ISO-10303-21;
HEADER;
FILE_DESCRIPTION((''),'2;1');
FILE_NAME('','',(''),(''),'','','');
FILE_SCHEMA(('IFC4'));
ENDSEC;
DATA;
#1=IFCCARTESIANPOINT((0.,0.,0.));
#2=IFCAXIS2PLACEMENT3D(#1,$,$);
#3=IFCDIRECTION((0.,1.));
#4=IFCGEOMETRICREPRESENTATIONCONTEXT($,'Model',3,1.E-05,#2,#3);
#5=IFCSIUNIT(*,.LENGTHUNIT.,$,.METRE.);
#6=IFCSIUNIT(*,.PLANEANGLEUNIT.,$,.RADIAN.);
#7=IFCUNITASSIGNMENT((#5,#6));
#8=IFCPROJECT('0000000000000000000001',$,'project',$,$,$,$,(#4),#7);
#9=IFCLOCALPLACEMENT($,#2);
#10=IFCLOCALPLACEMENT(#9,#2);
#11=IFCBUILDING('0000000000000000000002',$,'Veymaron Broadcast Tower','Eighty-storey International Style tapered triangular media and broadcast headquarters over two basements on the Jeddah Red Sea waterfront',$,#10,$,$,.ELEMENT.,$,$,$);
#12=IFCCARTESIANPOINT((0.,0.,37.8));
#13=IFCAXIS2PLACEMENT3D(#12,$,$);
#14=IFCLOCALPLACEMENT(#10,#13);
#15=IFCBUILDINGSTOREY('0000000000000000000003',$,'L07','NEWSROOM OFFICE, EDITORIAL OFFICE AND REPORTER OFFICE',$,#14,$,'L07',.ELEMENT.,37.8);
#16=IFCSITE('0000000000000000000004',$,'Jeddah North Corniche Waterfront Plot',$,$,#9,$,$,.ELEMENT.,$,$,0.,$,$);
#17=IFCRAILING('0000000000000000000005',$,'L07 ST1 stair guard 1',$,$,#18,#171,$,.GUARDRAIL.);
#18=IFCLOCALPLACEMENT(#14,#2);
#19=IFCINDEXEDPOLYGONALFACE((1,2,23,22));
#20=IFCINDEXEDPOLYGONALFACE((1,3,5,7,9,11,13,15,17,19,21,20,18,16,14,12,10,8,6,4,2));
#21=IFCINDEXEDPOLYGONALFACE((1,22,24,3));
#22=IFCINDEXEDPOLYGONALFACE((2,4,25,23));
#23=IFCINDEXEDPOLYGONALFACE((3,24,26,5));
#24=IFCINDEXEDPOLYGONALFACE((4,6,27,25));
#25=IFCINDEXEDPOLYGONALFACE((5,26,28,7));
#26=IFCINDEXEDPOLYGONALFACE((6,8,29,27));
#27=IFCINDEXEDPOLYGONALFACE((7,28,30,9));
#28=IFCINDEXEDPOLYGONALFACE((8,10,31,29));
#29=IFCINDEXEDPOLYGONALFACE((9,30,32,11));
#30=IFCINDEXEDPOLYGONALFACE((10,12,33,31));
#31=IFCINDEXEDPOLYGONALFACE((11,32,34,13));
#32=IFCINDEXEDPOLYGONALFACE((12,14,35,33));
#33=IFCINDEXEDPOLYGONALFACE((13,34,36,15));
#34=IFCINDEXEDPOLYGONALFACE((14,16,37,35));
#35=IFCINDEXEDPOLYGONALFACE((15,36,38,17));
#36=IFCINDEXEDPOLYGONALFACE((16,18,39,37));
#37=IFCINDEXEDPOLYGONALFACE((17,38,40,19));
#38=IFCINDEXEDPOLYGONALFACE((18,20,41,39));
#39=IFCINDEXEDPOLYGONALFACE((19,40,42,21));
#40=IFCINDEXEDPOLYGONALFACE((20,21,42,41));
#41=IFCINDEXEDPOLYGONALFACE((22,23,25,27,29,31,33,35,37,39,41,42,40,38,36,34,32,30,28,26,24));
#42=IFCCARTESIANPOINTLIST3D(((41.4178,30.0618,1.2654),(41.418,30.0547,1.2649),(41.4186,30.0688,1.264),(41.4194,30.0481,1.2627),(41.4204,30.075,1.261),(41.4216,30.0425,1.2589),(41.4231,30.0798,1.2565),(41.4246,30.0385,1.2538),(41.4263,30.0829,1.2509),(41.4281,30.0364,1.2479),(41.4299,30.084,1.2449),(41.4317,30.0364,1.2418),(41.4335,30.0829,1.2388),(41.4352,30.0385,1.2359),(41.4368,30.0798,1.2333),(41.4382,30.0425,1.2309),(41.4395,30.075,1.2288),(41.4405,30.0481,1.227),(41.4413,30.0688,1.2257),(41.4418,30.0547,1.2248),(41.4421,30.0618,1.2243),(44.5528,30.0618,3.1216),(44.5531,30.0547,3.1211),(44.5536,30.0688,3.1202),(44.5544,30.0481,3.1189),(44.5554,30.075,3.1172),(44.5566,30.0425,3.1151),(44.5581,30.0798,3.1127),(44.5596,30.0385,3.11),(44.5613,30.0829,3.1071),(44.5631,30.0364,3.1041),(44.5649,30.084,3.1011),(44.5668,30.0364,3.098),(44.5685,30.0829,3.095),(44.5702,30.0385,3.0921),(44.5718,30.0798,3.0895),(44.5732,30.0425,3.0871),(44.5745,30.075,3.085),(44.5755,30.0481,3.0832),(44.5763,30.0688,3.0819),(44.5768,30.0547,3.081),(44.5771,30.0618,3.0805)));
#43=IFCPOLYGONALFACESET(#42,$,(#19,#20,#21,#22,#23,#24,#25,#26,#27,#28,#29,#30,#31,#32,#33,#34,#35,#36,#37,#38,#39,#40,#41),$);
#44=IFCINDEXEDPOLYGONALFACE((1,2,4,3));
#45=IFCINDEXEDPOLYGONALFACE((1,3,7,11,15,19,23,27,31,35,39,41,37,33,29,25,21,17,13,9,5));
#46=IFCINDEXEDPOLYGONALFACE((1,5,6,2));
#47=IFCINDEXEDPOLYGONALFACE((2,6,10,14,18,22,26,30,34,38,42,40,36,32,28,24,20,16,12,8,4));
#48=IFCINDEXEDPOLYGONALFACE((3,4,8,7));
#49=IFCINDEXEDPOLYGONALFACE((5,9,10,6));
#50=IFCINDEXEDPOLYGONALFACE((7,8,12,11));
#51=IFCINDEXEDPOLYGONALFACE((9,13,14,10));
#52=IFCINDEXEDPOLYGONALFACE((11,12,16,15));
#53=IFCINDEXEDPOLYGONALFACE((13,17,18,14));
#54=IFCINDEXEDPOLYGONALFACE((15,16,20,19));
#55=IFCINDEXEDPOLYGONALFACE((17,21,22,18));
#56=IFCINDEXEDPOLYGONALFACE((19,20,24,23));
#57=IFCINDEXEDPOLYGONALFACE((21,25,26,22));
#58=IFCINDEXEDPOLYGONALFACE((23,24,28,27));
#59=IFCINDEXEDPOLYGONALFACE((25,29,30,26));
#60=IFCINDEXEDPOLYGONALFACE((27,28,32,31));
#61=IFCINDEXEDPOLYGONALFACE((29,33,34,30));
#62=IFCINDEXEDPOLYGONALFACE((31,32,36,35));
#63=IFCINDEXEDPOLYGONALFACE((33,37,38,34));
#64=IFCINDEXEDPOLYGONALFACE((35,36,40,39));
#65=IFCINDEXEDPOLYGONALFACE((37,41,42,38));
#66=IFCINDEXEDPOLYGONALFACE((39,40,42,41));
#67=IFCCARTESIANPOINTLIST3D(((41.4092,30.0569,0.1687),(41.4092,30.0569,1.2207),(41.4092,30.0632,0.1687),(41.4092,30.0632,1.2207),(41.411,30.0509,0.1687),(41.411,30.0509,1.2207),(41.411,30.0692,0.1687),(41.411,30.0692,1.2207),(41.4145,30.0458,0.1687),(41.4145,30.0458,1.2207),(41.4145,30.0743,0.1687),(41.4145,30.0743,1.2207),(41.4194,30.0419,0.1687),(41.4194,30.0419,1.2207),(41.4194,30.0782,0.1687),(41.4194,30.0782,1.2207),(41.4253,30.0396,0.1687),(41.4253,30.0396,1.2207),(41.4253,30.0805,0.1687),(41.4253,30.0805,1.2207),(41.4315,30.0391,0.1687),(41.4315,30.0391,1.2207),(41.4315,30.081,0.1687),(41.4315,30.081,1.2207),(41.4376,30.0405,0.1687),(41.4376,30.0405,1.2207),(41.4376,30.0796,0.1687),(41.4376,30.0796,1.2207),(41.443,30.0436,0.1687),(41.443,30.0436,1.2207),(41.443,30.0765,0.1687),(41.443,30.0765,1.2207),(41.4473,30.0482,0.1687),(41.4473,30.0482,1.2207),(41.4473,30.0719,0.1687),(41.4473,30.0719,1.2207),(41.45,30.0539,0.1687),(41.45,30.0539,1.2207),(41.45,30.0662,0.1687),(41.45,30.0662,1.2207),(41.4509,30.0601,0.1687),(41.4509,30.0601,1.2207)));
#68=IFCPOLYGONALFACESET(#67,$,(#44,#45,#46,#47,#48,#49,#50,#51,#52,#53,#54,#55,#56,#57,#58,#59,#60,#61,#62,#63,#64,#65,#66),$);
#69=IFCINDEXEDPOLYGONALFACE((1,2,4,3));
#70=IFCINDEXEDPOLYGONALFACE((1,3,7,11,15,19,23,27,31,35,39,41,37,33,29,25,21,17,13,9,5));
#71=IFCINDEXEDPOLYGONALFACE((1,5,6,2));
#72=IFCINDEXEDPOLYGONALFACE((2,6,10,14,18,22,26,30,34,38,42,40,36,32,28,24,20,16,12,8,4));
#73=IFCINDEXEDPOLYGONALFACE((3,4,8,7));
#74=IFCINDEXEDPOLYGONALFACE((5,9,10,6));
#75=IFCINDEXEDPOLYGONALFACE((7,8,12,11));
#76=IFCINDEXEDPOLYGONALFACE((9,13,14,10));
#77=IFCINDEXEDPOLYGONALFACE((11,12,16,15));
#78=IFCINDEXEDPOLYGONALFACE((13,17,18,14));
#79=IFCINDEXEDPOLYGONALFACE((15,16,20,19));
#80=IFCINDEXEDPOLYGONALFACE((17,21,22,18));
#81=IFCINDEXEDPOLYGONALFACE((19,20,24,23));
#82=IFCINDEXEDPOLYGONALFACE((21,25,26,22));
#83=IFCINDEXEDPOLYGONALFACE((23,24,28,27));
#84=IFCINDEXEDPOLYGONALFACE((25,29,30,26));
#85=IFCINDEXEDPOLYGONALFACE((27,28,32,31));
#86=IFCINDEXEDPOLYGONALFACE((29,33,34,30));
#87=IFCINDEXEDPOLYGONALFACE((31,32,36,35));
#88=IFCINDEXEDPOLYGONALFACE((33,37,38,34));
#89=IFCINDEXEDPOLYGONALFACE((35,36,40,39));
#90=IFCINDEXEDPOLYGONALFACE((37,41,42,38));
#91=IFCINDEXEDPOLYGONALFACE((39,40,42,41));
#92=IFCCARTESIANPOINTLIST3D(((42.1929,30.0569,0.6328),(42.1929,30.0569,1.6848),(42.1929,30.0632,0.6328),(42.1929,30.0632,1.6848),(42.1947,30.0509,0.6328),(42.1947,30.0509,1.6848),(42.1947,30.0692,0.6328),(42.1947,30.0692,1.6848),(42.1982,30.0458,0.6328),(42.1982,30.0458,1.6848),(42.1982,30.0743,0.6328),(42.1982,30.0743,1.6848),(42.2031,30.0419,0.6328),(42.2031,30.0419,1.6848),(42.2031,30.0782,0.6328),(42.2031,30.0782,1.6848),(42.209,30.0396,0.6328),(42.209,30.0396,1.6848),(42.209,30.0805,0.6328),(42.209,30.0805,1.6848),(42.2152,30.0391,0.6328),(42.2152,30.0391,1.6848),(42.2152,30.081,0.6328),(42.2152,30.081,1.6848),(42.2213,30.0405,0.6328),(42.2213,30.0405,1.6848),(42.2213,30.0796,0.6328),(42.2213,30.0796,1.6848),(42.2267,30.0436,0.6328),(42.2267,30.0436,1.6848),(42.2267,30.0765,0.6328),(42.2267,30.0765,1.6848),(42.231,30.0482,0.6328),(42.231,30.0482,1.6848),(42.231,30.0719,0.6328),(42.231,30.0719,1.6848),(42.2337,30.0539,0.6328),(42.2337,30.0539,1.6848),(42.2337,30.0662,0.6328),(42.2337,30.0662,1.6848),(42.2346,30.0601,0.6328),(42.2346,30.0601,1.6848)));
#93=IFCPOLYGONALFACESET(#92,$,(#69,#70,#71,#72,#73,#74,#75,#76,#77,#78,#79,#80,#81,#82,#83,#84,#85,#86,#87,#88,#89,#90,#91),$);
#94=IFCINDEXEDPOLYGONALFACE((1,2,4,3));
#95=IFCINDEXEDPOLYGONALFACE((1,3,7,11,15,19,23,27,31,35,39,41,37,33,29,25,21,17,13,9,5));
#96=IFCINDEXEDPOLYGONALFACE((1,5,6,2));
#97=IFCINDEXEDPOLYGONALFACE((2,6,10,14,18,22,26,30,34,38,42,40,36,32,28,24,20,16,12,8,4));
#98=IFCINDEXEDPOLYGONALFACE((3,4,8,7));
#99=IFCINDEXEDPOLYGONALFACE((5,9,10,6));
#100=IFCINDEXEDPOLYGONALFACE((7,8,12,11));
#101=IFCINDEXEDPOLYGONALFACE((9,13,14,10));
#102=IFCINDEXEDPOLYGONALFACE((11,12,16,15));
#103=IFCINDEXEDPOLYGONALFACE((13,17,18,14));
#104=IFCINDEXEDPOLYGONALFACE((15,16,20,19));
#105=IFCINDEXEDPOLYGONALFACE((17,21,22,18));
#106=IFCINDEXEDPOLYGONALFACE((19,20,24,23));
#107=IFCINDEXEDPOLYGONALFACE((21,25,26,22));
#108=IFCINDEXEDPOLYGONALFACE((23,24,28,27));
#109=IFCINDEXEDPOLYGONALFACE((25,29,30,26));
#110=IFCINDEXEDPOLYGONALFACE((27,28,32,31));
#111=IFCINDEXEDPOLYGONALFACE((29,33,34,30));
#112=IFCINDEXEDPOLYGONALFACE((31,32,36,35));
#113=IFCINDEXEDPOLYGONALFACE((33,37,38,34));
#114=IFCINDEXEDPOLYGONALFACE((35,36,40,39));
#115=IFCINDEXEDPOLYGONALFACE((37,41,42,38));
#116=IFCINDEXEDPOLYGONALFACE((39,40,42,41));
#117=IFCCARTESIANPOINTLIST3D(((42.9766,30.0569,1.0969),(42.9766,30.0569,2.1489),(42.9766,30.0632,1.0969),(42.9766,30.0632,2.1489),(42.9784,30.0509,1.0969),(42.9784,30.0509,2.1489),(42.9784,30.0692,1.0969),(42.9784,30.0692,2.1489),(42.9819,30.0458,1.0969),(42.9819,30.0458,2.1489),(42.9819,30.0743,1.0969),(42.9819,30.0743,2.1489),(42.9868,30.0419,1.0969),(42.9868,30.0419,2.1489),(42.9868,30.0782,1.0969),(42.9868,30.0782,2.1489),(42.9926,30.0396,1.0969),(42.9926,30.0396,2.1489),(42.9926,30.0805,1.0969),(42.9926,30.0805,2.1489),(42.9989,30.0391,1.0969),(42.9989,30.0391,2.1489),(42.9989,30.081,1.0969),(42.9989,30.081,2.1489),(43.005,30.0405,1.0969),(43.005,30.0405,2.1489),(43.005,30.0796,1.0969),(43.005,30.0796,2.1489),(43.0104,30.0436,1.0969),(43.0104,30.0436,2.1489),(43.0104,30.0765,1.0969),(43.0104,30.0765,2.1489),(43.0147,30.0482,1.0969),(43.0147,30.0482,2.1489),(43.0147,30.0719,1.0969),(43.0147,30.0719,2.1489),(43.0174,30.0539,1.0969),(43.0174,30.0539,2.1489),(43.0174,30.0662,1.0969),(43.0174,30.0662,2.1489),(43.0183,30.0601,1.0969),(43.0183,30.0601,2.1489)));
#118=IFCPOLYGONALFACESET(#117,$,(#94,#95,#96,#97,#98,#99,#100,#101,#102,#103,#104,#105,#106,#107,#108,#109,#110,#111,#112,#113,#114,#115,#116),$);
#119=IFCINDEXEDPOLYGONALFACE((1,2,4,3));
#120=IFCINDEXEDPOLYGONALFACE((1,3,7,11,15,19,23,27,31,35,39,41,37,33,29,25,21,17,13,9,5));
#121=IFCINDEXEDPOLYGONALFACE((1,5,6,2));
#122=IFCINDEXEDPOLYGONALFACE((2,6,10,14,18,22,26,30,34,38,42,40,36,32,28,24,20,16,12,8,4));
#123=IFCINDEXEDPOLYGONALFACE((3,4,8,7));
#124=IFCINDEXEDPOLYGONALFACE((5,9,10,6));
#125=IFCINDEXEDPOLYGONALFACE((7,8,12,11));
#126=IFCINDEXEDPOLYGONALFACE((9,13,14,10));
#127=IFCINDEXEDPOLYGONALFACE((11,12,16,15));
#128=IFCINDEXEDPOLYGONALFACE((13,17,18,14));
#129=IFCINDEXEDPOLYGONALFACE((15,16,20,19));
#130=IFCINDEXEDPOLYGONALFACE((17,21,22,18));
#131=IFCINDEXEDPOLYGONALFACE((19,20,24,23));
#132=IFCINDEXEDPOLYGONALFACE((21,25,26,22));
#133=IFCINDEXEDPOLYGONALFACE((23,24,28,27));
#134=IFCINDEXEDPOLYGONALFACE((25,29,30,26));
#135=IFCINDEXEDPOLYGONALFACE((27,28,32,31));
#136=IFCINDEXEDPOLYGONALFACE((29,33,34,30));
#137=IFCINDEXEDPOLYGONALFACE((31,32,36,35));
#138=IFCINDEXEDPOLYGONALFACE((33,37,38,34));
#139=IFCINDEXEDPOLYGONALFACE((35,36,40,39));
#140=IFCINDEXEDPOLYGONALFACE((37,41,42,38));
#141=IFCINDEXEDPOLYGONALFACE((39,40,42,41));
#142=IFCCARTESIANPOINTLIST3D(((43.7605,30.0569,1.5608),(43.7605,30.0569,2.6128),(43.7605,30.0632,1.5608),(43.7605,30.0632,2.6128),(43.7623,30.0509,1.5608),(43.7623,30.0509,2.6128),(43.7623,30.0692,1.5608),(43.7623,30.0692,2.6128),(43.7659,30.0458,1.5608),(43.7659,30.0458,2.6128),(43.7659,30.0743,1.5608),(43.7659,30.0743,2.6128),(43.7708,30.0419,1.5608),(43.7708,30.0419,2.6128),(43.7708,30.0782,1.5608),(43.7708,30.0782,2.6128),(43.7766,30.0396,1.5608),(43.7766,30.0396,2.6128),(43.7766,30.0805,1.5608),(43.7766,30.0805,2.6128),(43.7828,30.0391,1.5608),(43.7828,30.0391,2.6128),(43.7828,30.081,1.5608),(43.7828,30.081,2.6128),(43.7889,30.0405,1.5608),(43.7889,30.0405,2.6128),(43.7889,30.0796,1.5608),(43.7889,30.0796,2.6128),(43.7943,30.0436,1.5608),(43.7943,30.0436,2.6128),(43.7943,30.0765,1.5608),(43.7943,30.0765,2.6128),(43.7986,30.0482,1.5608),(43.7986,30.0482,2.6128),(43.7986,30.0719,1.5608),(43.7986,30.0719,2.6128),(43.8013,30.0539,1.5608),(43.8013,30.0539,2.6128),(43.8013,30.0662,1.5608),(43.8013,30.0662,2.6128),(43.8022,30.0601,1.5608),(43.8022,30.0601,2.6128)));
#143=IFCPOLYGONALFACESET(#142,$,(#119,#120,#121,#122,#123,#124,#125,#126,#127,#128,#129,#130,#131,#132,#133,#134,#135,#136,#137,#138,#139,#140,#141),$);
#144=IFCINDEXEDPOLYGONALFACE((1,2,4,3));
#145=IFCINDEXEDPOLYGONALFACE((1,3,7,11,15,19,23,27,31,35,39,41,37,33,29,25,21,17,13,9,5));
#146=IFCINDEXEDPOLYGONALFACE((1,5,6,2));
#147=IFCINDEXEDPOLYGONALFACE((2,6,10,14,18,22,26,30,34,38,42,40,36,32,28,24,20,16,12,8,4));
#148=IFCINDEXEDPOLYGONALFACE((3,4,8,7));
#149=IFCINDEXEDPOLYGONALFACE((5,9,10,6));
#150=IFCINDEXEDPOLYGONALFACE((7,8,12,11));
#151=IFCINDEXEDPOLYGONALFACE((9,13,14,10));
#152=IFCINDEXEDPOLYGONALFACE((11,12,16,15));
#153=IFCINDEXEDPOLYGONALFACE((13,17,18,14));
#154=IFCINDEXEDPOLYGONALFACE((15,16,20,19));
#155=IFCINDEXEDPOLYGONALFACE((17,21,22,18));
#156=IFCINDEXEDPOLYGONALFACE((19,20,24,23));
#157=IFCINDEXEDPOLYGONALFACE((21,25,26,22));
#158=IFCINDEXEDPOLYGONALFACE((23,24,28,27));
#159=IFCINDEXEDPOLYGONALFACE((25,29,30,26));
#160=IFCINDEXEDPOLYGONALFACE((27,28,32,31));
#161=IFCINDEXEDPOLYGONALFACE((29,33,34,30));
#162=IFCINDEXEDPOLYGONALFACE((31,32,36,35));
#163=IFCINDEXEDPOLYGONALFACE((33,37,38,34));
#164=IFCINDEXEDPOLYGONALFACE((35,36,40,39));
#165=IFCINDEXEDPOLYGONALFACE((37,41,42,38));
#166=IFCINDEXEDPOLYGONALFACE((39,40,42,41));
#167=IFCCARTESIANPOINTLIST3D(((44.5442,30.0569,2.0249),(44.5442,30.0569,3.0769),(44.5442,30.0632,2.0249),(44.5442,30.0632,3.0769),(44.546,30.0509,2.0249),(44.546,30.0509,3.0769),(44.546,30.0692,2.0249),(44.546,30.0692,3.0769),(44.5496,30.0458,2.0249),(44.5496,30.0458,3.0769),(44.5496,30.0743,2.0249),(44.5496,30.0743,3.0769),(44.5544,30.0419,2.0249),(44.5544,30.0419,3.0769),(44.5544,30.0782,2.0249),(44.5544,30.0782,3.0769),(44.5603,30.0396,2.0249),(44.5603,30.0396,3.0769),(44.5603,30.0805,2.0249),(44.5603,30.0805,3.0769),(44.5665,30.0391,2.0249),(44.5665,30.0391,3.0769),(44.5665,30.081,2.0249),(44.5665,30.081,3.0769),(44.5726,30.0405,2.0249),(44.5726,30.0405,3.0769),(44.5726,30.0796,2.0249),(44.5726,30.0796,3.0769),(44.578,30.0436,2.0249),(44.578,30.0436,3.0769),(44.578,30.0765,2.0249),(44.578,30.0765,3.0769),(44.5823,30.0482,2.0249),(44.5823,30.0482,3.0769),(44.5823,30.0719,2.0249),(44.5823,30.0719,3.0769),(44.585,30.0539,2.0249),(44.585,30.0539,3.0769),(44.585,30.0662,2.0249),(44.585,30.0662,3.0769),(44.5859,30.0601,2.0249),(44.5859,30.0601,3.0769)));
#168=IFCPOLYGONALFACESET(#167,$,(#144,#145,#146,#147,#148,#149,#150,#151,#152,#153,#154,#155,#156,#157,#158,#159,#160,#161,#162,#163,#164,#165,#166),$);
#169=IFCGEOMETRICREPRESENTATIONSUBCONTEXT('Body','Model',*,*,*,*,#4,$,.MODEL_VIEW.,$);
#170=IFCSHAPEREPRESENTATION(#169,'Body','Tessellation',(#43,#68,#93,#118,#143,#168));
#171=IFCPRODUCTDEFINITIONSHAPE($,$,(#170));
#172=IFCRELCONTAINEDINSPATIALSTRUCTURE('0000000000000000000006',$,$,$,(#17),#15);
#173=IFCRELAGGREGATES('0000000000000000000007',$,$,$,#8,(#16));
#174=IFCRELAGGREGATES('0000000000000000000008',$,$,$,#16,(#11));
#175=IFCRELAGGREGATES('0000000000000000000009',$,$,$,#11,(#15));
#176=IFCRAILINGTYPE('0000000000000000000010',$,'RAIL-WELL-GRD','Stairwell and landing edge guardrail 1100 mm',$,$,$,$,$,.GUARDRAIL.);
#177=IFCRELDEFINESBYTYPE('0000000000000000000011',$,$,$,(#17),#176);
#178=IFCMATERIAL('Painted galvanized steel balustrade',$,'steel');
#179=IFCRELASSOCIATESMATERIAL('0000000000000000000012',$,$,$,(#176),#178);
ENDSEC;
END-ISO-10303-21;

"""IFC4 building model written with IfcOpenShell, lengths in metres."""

from ifc_helpers import new_model, si_unit, direction, frame, origin, origin_2d, place, context, subcontext, project, spatial, circle, extrude, material, type_object, element, save


model = new_model("IFC4")

# Units and contexts
model_context = context("Model", 3, precision=1e-05, world=origin(), true_north=direction((0.0, 1.0)))
body_context = subcontext(model_context, "Body", "Model", "MODEL_VIEW")
ifc_project = project(units=[si_unit("LENGTHUNIT", "METRE"), si_unit("PLANEANGLEUNIT", "RADIAN")], contexts=[model_context])

# Site, building, storey
site_placement = place(None, origin())
site = spatial("IfcSite", under=ifc_project, at=site_placement, Name="Jeddah North Corniche Waterfront Plot", CompositionType="ELEMENT", RefElevation=0.0)
building_placement = place(site_placement, origin())
building = spatial("IfcBuilding", under=site, at=building_placement, Name="Veymaron Broadcast Tower", Description="Eighty-storey International Style tapered triangular media and broadcast headquarters over two basements on the Jeddah Red Sea waterfront", CompositionType="ELEMENT")
storey_placement = place(building_placement, frame((0.0, 0.0, 37.8)))
storey = spatial("IfcBuildingStorey", under=building, at=storey_placement, Name="L07", Description="NEWSROOM OFFICE, EDITORIAL OFFICE AND REPORTER OFFICE", LongName="L07", CompositionType="ELEMENT", Elevation=37.8)

# Railing
ifc_material_1 = material(Name="Painted galvanized steel balustrade", Category="steel")
railing_type_1 = type_object("IfcRailingType", Name="RAIL-WELL-GRD", Description="Stairwell and landing edge guardrail 1100 mm", PredefinedType="GUARDRAIL", material=ifc_material_1)
railing_1_placement = place(storey_placement, frame((41.4299, 30.0601, 0.1687)))
element("IfcRailing", 1, at=railing_1_placement, inside=storey, type_object=railing_type_1, Name="L07 ST1 stair guard 1", PredefinedType="GUARDRAIL", context=body_context, shape_type="SweptSolid", body=[
    extrude(circle(Radius=0.0239, at=origin_2d()), frame((0.0, 0.0, 1.0762), z_axis=(0.860482, 0.0, 0.509481), x_axis=(0.0, 1.0, 0.0)), (0.0, 0.0, 1.0), 3.6433),
    extrude(circle(Radius=0.021, at=origin_2d()), origin(), (0.0, 0.0, 1.0), 1.052),
    extrude(circle(Radius=0.021, at=origin_2d()), frame((0.7837, 0.0, 0.4641)), (0.0, 0.0, 1.0), 1.052),
    extrude(circle(Radius=0.021, at=origin_2d()), frame((1.5674, 0.0, 0.9282)), (0.0, 0.0, 1.0), 1.052),
    extrude(circle(Radius=0.021, at=origin_2d()), frame((2.3513, 0.0, 1.3921)), (0.0, 0.0, 1.0), 1.052),
    extrude(circle(Radius=0.021, at=origin_2d()), frame((3.135, 0.0, 1.8562)), (0.0, 0.0, 1.0), 1.052),
])

save(model, "model.ifc")
